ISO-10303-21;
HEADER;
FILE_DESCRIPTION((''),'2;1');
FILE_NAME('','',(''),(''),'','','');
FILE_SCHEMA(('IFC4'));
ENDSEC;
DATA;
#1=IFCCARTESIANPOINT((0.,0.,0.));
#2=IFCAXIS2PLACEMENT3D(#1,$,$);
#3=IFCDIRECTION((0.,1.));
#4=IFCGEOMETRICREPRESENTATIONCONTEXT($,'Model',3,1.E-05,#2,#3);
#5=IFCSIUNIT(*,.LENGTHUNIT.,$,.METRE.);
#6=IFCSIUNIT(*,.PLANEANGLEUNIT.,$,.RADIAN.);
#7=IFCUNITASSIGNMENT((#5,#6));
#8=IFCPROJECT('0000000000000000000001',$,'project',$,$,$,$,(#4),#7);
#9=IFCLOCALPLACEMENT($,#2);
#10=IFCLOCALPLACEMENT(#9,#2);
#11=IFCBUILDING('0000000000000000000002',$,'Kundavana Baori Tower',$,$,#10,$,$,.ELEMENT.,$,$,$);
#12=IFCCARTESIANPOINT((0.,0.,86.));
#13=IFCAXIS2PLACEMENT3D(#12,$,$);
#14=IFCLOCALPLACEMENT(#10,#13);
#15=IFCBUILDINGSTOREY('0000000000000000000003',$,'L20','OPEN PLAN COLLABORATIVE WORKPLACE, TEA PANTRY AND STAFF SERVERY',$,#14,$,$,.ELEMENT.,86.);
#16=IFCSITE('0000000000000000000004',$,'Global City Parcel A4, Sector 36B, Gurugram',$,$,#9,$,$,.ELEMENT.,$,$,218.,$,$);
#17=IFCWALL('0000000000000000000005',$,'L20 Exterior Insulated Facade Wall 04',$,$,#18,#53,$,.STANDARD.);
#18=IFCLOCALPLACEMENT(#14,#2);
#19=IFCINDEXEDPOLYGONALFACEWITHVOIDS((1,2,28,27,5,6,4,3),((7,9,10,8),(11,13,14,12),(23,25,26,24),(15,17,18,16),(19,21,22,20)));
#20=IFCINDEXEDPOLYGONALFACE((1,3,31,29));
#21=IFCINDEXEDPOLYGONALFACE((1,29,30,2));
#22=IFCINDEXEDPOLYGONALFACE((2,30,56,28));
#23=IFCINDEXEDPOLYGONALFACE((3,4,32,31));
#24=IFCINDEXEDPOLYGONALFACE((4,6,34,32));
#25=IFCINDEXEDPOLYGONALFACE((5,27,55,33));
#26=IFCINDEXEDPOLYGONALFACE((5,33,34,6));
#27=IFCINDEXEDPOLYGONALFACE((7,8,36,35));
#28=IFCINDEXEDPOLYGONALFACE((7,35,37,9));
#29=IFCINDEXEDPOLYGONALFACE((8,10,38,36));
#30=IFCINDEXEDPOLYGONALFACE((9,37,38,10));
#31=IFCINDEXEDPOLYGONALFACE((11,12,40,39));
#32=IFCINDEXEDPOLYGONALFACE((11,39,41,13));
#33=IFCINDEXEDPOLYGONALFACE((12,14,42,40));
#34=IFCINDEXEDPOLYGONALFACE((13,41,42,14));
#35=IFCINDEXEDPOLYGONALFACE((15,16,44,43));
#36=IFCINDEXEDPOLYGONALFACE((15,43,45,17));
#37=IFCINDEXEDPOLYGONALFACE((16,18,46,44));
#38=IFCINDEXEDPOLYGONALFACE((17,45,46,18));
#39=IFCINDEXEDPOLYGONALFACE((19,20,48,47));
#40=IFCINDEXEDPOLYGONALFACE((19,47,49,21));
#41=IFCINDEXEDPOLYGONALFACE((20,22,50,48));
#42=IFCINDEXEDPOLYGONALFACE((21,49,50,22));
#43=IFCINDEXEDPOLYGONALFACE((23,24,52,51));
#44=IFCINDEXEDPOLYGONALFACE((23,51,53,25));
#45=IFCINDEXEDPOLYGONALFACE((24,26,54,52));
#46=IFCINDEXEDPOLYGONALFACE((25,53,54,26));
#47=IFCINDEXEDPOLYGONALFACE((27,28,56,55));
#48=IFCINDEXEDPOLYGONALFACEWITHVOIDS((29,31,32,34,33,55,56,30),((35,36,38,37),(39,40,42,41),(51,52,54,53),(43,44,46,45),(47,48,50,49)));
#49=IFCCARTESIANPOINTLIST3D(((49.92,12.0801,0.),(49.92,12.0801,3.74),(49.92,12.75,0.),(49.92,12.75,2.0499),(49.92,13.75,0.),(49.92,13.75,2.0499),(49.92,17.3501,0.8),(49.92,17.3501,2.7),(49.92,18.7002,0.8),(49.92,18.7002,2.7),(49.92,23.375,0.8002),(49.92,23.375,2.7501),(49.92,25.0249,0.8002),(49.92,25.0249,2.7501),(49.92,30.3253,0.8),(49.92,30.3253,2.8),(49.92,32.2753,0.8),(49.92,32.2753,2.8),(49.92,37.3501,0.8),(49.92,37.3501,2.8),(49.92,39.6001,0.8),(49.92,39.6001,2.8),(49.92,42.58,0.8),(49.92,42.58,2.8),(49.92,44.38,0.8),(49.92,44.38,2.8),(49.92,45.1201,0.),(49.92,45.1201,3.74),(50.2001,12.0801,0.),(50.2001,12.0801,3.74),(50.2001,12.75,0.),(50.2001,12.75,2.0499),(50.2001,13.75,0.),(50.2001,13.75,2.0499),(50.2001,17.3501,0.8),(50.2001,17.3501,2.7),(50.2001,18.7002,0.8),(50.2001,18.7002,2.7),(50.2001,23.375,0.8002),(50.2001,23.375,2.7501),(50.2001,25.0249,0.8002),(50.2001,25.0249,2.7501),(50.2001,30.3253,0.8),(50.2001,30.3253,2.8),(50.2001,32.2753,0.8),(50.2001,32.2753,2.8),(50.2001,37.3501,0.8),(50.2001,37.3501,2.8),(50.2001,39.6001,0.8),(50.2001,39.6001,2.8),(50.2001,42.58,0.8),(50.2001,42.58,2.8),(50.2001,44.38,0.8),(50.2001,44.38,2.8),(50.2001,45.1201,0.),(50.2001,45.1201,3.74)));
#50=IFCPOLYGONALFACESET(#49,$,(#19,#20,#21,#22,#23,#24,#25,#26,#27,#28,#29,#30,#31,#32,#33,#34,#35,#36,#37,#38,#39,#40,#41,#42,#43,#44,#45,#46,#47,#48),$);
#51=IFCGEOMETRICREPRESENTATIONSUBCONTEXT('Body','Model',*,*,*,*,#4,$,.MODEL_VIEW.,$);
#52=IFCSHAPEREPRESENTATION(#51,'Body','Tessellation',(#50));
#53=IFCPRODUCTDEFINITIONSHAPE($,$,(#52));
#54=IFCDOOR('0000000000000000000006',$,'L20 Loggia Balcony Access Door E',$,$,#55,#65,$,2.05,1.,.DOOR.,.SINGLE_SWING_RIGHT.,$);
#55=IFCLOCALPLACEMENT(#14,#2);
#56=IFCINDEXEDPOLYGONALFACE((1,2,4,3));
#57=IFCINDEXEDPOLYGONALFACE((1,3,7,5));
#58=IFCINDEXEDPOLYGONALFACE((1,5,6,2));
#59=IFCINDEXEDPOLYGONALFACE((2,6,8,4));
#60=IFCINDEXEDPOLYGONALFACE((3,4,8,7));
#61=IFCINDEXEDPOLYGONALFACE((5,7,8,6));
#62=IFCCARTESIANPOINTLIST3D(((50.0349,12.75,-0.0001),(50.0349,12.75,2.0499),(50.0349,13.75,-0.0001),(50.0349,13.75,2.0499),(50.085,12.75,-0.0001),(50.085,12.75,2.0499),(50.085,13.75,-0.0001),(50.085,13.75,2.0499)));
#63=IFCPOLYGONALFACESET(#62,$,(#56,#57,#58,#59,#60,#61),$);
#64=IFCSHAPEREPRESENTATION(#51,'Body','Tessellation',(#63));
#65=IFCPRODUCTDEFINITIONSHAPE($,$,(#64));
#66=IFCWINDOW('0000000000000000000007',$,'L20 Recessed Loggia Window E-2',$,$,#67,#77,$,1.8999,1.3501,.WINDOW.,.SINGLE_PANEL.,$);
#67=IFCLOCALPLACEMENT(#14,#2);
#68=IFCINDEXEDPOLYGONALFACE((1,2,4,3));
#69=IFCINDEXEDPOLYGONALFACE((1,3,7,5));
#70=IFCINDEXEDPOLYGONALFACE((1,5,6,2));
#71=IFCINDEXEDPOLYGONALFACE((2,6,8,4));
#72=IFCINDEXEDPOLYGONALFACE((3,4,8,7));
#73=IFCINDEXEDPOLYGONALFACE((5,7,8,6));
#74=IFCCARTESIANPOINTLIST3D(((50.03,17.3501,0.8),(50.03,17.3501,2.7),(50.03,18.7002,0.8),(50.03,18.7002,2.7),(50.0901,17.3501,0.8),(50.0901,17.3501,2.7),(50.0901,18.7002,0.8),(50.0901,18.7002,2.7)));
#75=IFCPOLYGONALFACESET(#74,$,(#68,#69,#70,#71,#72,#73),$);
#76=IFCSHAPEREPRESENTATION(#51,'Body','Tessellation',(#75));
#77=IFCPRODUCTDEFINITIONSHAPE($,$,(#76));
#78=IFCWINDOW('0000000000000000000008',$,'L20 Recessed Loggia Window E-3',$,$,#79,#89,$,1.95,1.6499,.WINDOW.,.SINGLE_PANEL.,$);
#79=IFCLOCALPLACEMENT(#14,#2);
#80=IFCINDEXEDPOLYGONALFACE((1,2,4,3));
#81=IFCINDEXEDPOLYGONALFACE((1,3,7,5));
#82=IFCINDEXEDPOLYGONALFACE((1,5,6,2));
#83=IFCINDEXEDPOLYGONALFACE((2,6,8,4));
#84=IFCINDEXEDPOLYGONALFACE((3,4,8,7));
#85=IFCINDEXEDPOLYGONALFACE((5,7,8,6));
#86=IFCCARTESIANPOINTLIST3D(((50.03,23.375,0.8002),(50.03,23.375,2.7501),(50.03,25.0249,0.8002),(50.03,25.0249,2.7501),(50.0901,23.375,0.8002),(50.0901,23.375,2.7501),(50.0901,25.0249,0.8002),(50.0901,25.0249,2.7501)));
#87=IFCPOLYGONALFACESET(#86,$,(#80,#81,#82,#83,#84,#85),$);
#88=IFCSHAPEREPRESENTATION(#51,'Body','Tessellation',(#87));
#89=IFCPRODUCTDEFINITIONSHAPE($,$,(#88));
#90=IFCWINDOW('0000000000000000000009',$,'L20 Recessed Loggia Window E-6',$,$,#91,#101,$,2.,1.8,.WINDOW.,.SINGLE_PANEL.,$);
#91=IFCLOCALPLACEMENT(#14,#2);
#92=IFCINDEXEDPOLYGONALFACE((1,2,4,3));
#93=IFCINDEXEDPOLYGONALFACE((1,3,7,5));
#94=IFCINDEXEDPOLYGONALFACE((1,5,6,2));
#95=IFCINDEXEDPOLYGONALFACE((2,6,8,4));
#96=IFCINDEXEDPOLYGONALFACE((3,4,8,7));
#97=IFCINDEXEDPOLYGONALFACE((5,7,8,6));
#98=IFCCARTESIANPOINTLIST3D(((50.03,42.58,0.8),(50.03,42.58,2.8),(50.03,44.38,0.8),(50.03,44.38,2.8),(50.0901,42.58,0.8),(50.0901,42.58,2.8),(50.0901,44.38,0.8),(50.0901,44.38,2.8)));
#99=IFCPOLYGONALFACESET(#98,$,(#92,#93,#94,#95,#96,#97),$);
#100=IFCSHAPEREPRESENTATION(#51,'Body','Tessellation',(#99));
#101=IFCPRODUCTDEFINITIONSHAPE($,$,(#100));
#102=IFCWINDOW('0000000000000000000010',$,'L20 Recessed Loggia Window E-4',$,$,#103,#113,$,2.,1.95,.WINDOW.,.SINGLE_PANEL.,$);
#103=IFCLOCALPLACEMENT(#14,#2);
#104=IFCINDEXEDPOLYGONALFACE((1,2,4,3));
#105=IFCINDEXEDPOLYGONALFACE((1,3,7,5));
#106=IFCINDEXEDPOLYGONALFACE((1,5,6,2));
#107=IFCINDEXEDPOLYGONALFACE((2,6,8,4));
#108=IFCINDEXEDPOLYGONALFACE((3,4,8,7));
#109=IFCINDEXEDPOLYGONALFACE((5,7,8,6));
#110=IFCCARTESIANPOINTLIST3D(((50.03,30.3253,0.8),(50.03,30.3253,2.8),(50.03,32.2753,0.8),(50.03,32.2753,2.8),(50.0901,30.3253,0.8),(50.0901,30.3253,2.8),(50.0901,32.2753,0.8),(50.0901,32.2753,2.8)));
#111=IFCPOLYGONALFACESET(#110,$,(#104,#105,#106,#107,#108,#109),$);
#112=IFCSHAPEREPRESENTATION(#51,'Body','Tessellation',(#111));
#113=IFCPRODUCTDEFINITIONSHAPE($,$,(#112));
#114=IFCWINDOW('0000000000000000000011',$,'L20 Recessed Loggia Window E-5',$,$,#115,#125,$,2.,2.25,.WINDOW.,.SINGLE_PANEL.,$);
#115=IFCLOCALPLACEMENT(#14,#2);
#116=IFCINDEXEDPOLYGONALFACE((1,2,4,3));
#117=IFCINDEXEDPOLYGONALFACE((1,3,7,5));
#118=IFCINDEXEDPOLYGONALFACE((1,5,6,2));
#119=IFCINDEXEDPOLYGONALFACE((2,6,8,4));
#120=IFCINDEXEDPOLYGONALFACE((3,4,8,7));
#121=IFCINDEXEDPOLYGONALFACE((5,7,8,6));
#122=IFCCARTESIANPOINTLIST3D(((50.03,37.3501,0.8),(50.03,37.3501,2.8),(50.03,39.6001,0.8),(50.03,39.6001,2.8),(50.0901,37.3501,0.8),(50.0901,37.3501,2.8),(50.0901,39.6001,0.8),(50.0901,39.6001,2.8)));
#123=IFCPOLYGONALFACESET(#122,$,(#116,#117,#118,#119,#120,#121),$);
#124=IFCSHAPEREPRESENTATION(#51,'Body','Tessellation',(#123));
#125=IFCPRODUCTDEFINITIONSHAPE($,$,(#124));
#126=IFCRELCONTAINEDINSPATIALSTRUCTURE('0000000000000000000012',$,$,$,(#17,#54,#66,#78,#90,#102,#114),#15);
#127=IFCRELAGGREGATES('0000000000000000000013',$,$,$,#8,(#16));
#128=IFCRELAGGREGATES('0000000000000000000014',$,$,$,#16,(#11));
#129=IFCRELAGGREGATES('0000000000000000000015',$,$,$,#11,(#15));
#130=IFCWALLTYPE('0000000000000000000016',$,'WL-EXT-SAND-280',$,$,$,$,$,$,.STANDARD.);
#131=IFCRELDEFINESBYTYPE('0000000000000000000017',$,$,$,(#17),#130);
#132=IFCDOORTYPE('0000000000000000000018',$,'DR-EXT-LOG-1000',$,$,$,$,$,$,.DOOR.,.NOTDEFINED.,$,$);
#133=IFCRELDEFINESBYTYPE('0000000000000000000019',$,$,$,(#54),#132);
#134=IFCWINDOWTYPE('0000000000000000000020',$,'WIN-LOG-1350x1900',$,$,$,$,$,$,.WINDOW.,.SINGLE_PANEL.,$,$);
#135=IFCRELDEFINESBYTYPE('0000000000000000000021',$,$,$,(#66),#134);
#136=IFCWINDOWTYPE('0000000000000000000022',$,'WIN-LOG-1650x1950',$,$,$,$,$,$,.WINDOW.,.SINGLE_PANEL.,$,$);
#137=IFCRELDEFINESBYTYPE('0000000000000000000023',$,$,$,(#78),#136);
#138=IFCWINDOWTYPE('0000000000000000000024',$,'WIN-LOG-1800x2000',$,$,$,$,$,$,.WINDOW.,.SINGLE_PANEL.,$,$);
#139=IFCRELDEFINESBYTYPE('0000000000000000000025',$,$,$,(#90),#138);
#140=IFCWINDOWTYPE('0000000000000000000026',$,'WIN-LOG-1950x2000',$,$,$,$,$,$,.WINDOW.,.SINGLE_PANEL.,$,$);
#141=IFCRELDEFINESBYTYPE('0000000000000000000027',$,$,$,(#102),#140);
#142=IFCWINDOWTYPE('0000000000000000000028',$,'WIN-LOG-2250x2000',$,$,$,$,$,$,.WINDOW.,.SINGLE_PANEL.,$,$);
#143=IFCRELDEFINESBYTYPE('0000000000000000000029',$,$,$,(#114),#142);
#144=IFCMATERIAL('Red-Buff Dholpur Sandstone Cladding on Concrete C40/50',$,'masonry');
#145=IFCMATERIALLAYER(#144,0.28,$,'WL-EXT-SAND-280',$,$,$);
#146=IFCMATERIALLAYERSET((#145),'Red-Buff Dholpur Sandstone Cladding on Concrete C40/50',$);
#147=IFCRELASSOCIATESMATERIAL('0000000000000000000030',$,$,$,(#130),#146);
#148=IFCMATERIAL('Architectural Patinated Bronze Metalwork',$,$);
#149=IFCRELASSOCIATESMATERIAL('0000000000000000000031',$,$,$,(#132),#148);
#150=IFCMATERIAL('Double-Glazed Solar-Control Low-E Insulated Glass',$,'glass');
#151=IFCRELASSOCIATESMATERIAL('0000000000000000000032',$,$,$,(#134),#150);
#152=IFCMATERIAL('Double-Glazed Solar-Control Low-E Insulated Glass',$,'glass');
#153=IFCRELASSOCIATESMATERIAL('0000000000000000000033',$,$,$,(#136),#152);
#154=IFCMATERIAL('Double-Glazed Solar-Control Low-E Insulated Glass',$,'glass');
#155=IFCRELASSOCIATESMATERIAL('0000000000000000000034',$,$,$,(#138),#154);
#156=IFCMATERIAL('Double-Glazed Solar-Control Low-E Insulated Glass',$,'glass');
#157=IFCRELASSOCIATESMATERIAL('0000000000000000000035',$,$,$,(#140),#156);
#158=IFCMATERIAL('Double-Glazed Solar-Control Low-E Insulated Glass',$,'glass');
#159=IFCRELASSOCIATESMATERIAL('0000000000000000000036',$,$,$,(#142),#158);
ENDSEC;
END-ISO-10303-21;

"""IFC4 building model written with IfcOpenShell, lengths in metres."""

from ifc_helpers import new_model, si_unit, direction, frame, frame_2d, origin, place, context, subcontext, project, spatial, rectangle, extrude, material, layer, layer_set, type_object, element, fill, save


model = new_model("IFC4")

# Units and contexts
model_context = context("Model", 3, precision=1e-05, world=origin(), true_north=direction((0.0, 1.0)))
body_context = subcontext(model_context, "Body", "Model", "MODEL_VIEW")
ifc_project = project(units=[si_unit("LENGTHUNIT", "METRE"), si_unit("PLANEANGLEUNIT", "RADIAN")], contexts=[model_context])

# Site, building, storey
site_placement = place(None, origin())
site = spatial("IfcSite", under=ifc_project, at=site_placement, Name="Global City Parcel A4, Sector 36B, Gurugram", CompositionType="ELEMENT", RefElevation=218.0)
building_placement = place(site_placement, origin())
building = spatial("IfcBuilding", under=site, at=building_placement, Name="Kundavana Baori Tower", CompositionType="ELEMENT")
storey_placement = place(building_placement, frame((0.0, 0.0, 86.0)))
storey = spatial("IfcBuildingStorey", under=building, at=storey_placement, Name="L20", Description="OPEN PLAN COLLABORATIVE WORKPLACE, TEA PANTRY AND STAFF SERVERY", CompositionType="ELEMENT", Elevation=86.0)

# Shared definitions
ifc_material_1 = material(Name="Red-Buff Dholpur Sandstone Cladding on Concrete C40/50", Category="masonry")
ifc_layer_1 = layer(ifc_material_1, 0.28, Name="WL-EXT-SAND-280")
ifc_layer_set_1 = layer_set([ifc_layer_1], Name="Red-Buff Dholpur Sandstone Cladding on Concrete C40/50")
wall_type_1 = type_object("IfcWallType", Name="WL-EXT-SAND-280", PredefinedType="STANDARD", material=ifc_layer_set_1)

# Wall, openings, door, windows
wall_1_placement = place(storey_placement, frame((50.0601, 12.0801, 0.0), z_axis=(0.0, 0.0, 1.0), x_axis=(0.0, 1.0, 0.0)))
wall_1 = element("IfcWall", 1, at=wall_1_placement, inside=storey, type_object=wall_type_1, Name="L20 Exterior Insulated Facade Wall 04", PredefinedType="STANDARD", context=body_context, shape_type="SweptSolid", body=[
    extrude(rectangle(XDim=33.04, YDim=0.28, at=frame_2d((16.52, 0.0))), origin(), (0.0, 0.0, 1.0), 3.74),
])
opening_1_placement = place(wall_1_placement, frame((0.6699, 0.0, 0.0)))
opening_1 = element("IfcOpeningElement", 2, at=opening_1_placement, cuts=wall_1, PredefinedType="OPENING", context=body_context, shape_type="SweptSolid", body=[
    extrude(rectangle(XDim=1.0, YDim=2.05, at=frame_2d((0.5, 1.0249))), frame((0.0, 0.1499, 0.0), z_axis=(0.0, -1.0, 0.0), x_axis=(1.0, 0.0, 0.0)), (0.0, 0.0, 1.0), 0.3),
])
opening_2_placement = place(wall_1_placement, frame((5.27, 0.0, 0.8)))
opening_2 = element("IfcOpeningElement", 3, at=opening_2_placement, cuts=wall_1, PredefinedType="OPENING", context=body_context, shape_type="SweptSolid", body=[
    extrude(rectangle(XDim=1.3501, YDim=1.8999, at=frame_2d((0.675, 0.95))), frame((0.0, 0.1499, 0.0), z_axis=(0.0, -1.0, 0.0), x_axis=(1.0, 0.0, 0.0)), (0.0, 0.0, 1.0), 0.3),
])
opening_3_placement = place(wall_1_placement, frame((11.2949, 0.0, 0.8)))
opening_3 = element("IfcOpeningElement", 4, at=opening_3_placement, cuts=wall_1, PredefinedType="OPENING", context=body_context, shape_type="SweptSolid", body=[
    extrude(rectangle(XDim=1.6499, YDim=1.95, at=frame_2d((0.825, 0.9751))), frame((0.0, 0.1499, 0.0), z_axis=(0.0, -1.0, 0.0), x_axis=(1.0, 0.0, 0.0)), (0.0, 0.0, 1.0), 0.3),
])
opening_4_placement = place(wall_1_placement, frame((18.2451, 0.0, 0.8)))
opening_4 = element("IfcOpeningElement", 5, at=opening_4_placement, cuts=wall_1, PredefinedType="OPENING", context=body_context, shape_type="SweptSolid", body=[
    extrude(rectangle(XDim=1.95, YDim=2.0, at=frame_2d((0.9751, 1.0))), frame((0.0, 0.1499, 0.0), z_axis=(0.0, -1.0, 0.0), x_axis=(1.0, 0.0, 0.0)), (0.0, 0.0, 1.0), 0.3),
])
opening_5_placement = place(wall_1_placement, frame((25.27, 0.0, 0.8)))
opening_5 = element("IfcOpeningElement", 6, at=opening_5_placement, cuts=wall_1, PredefinedType="OPENING", context=body_context, shape_type="SweptSolid", body=[
    extrude(rectangle(XDim=2.25, YDim=2.0, at=frame_2d((1.125, 1.0))), frame((0.0, 0.1499, 0.0), z_axis=(0.0, -1.0, 0.0), x_axis=(1.0, 0.0, 0.0)), (0.0, 0.0, 1.0), 0.3),
])
opening_6_placement = place(wall_1_placement, frame((30.5, 0.0, 0.8)))
opening_6 = element("IfcOpeningElement", 7, at=opening_6_placement, cuts=wall_1, PredefinedType="OPENING", context=body_context, shape_type="SweptSolid", body=[
    extrude(rectangle(XDim=1.8, YDim=2.0, at=frame_2d((0.8999, 1.0))), frame((0.0, 0.1499, 0.0), z_axis=(0.0, -1.0, 0.0), x_axis=(1.0, 0.0, 0.0)), (0.0, 0.0, 1.0), 0.3),
])
ifc_material_2 = material(Name="Architectural Patinated Bronze Metalwork")
door_type_1 = type_object("IfcDoorType", Name="DR-EXT-LOG-1000", OperationType="NOTDEFINED", PredefinedType="DOOR", material=ifc_material_2)
door_1_placement = place(opening_1_placement, frame((1.0, 0.0, 0.0), z_axis=(0.0, 0.0, 1.0), x_axis=(-1.0, 0.0, 0.0)))
door_1 = element("IfcDoor", 8, at=door_1_placement, inside=storey, type_object=door_type_1, Name="L20 Loggia Balcony Access Door E", OperationType="SINGLE_SWING_RIGHT", OverallHeight=2.05, OverallWidth=1.0, PredefinedType="DOOR", context=body_context, shape_type="SweptSolid", body=[
    extrude(rectangle(XDim=1.0, YDim=2.05, at=frame_2d((0.5, 1.0249))), frame((0.0, 0.0249, 0.0), z_axis=(0.0, -1.0, 0.0), x_axis=(1.0, 0.0, 0.0)), (0.0, 0.0, 1.0), 0.05),
])
fill(opening_1, door_1)
ifc_material_3 = material(Name="Double-Glazed Solar-Control Low-E Insulated Glass", Category="glass")
window_type_1 = type_object("IfcWindowType", Name="WIN-LOG-1350x1900", PartitioningType="SINGLE_PANEL", PredefinedType="WINDOW", material=ifc_material_3)
window_1_placement = place(opening_2_placement, origin())
window_1 = element("IfcWindow", 9, at=window_1_placement, inside=storey, type_object=window_type_1, Name="L20 Recessed Loggia Window E-2", OverallHeight=1.8999, OverallWidth=1.3501, PartitioningType="SINGLE_PANEL", PredefinedType="WINDOW", context=body_context, shape_type="SweptSolid", body=[
    extrude(rectangle(XDim=1.3501, YDim=1.8999, at=frame_2d((0.675, 0.95))), frame((0.0, 0.03, 0.0), z_axis=(0.0, -1.0, 0.0), x_axis=(1.0, 0.0, 0.0)), (0.0, 0.0, 1.0), 0.0601),
])
fill(opening_2, window_1)
ifc_material_4 = material(Name="Double-Glazed Solar-Control Low-E Insulated Glass", Category="glass")
window_type_2 = type_object("IfcWindowType", Name="WIN-LOG-1650x1950", PartitioningType="SINGLE_PANEL", PredefinedType="WINDOW", material=ifc_material_4)
window_2_placement = place(opening_3_placement, origin())
window_2 = element("IfcWindow", 10, at=window_2_placement, inside=storey, type_object=window_type_2, Name="L20 Recessed Loggia Window E-3", OverallHeight=1.95, OverallWidth=1.6499, PartitioningType="SINGLE_PANEL", PredefinedType="WINDOW", context=body_context, shape_type="SweptSolid", body=[
    extrude(rectangle(XDim=1.6499, YDim=1.95, at=frame_2d((0.825, 0.9751))), frame((0.0, 0.03, 0.0), z_axis=(0.0, -1.0, 0.0), x_axis=(1.0, 0.0, 0.0)), (0.0, 0.0, 1.0), 0.0601),
])
fill(opening_3, window_2)
ifc_material_5 = material(Name="Double-Glazed Solar-Control Low-E Insulated Glass", Category="glass")
window_type_3 = type_object("IfcWindowType", Name="WIN-LOG-1800x2000", PartitioningType="SINGLE_PANEL", PredefinedType="WINDOW", material=ifc_material_5)
window_3_placement = place(opening_6_placement, origin())
window_3 = element("IfcWindow", 11, at=window_3_placement, inside=storey, type_object=window_type_3, Name="L20 Recessed Loggia Window E-6", OverallHeight=2.0, OverallWidth=1.8, PartitioningType="SINGLE_PANEL", PredefinedType="WINDOW", context=body_context, shape_type="SweptSolid", body=[
    extrude(rectangle(XDim=1.8, YDim=2.0, at=frame_2d((0.8999, 1.0))), frame((0.0, 0.03, 0.0), z_axis=(0.0, -1.0, 0.0), x_axis=(1.0, 0.0, 0.0)), (0.0, 0.0, 1.0), 0.0601),
])
fill(opening_6, window_3)
ifc_material_6 = material(Name="Double-Glazed Solar-Control Low-E Insulated Glass", Category="glass")
window_type_4 = type_object("IfcWindowType", Name="WIN-LOG-1950x2000", PartitioningType="SINGLE_PANEL", PredefinedType="WINDOW", material=ifc_material_6)
window_4_placement = place(opening_4_placement, origin())
window_4 = element("IfcWindow", 12, at=window_4_placement, inside=storey, type_object=window_type_4, Name="L20 Recessed Loggia Window E-4", OverallHeight=2.0, OverallWidth=1.95, PartitioningType="SINGLE_PANEL", PredefinedType="WINDOW", context=body_context, shape_type="SweptSolid", body=[
    extrude(rectangle(XDim=1.95, YDim=2.0, at=frame_2d((0.9751, 1.0))), frame((0.0, 0.03, 0.0), z_axis=(0.0, -1.0, 0.0), x_axis=(1.0, 0.0, 0.0)), (0.0, 0.0, 1.0), 0.0601),
])
fill(opening_4, window_4)
ifc_material_7 = material(Name="Double-Glazed Solar-Control Low-E Insulated Glass", Category="glass")
window_type_5 = type_object("IfcWindowType", Name="WIN-LOG-2250x2000", PartitioningType="SINGLE_PANEL", PredefinedType="WINDOW", material=ifc_material_7)
window_5_placement = place(opening_5_placement, origin())
window_5 = element("IfcWindow", 13, at=window_5_placement, inside=storey, type_object=window_type_5, Name="L20 Recessed Loggia Window E-5", OverallHeight=2.0, OverallWidth=2.25, PartitioningType="SINGLE_PANEL", PredefinedType="WINDOW", context=body_context, shape_type="SweptSolid", body=[
    extrude(rectangle(XDim=2.25, YDim=2.0, at=frame_2d((1.125, 1.0))), frame((0.0, 0.03, 0.0), z_axis=(0.0, -1.0, 0.0), x_axis=(1.0, 0.0, 0.0)), (0.0, 0.0, 1.0), 0.0601),
])
fill(opening_5, window_5)

save(model, "model.ifc")
